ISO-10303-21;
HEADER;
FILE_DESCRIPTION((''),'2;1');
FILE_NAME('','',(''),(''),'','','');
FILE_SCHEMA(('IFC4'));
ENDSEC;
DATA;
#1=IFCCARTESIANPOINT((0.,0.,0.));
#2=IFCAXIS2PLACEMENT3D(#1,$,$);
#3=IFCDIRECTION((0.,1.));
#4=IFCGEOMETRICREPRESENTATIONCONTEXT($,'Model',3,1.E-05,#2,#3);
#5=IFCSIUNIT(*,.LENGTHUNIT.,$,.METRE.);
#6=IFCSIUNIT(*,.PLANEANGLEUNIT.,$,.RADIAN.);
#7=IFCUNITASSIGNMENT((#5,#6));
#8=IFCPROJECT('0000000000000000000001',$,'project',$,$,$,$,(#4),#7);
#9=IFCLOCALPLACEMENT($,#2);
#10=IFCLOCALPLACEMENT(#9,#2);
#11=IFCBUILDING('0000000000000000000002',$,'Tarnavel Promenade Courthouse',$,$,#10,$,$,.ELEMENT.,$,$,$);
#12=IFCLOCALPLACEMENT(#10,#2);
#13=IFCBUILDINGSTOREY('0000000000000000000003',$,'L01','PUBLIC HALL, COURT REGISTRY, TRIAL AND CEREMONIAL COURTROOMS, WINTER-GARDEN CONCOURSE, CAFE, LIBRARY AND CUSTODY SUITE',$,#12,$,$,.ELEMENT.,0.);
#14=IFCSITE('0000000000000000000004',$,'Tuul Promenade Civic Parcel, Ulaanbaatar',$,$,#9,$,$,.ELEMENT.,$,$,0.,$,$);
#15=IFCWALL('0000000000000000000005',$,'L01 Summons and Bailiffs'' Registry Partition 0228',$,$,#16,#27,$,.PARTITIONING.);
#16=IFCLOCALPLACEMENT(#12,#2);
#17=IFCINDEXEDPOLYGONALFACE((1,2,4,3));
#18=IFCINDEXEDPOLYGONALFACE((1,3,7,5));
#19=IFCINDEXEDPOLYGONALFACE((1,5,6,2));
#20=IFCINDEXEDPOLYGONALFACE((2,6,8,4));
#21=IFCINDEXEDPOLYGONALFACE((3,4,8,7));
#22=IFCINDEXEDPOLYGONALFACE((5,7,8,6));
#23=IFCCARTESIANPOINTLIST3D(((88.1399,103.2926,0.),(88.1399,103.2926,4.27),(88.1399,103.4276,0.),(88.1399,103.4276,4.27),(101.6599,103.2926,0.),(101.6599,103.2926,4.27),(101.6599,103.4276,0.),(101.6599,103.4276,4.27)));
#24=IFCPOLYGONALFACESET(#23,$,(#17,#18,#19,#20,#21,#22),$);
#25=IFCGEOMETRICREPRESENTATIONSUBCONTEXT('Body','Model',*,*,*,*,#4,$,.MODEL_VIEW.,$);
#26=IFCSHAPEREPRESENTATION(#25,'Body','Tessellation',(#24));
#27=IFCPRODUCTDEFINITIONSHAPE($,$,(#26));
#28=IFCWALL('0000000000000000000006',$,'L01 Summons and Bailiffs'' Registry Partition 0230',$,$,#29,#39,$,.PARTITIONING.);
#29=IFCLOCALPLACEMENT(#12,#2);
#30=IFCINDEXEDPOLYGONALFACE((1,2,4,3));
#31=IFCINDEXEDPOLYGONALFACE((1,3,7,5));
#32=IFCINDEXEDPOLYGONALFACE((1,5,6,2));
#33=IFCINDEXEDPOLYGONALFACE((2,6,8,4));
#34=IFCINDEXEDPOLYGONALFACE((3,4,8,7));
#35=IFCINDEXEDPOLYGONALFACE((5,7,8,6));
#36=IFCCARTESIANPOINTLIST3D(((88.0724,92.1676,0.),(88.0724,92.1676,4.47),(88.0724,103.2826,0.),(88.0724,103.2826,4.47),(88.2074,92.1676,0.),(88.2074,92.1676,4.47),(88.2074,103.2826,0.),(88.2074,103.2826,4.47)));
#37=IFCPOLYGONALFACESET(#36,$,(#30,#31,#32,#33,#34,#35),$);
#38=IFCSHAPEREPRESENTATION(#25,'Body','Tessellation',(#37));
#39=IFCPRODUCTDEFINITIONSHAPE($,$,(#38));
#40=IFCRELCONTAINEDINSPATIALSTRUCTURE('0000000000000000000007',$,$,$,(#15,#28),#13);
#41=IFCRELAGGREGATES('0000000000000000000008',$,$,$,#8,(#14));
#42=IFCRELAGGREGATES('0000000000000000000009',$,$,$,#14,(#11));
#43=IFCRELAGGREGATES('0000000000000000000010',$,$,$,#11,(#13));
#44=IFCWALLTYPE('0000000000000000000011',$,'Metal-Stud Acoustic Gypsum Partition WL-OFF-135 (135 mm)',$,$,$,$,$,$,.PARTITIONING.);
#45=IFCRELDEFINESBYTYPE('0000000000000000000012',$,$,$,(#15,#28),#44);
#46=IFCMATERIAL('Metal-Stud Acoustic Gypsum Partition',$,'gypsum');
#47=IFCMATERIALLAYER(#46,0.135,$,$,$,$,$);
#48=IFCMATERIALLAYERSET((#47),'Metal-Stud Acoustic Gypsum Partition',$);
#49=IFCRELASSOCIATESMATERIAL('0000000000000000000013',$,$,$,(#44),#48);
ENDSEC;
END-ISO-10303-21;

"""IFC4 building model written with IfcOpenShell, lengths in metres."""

from ifc_helpers import new_model, si_unit, direction, frame, frame_2d, origin, place, context, subcontext, project, spatial, rectangle, extrude, material, layer, layer_set, type_object, element, save


model = new_model("IFC4")

# Units and contexts
model_context = context("Model", 3, precision=1e-05, world=origin(), true_north=direction((0.0, 1.0)))
body_context = subcontext(model_context, "Body", "Model", "MODEL_VIEW")
ifc_project = project(units=[si_unit("LENGTHUNIT", "METRE"), si_unit("PLANEANGLEUNIT", "RADIAN")], contexts=[model_context])

# Site, building, storey
site_placement = place(None, origin())
site = spatial("IfcSite", under=ifc_project, at=site_placement, Name="Tuul Promenade Civic Parcel, Ulaanbaatar", CompositionType="ELEMENT", RefElevation=0.0)
building_placement = place(site_placement, origin())
building = spatial("IfcBuilding", under=site, at=building_placement, Name="Tarnavel Promenade Courthouse", CompositionType="ELEMENT")
storey_placement = place(building_placement, origin())
storey = spatial("IfcBuildingStorey", under=building, at=storey_placement, Name="L01", Description="PUBLIC HALL, COURT REGISTRY, TRIAL AND CEREMONIAL COURTROOMS, WINTER-GARDEN CONCOURSE, CAFE, LIBRARY AND CUSTODY SUITE", CompositionType="ELEMENT", Elevation=0.0)

# Walls
ifc_material_1 = material(Name="Metal-Stud Acoustic Gypsum Partition", Category="gypsum")
ifc_layer_1 = layer(ifc_material_1, 0.135)
ifc_layer_set_1 = layer_set([ifc_layer_1], Name="Metal-Stud Acoustic Gypsum Partition")
wall_type_1 = type_object("IfcWallType", Name="Metal-Stud Acoustic Gypsum Partition WL-OFF-135 (135 mm)", PredefinedType="PARTITIONING", material=ifc_layer_set_1)
wall_1_placement = place(storey_placement, frame((88.1399, 103.3601, 0.0), z_axis=(0.0, 0.0, 1.0), x_axis=(1.0, 0.0, 0.0)))
element("IfcWall", 1, at=wall_1_placement, inside=storey, type_object=wall_type_1, Name="L01 Summons and Bailiffs' Registry Partition 0228", PredefinedType="PARTITIONING", context=body_context, shape_type="SweptSolid", body=[
    extrude(rectangle(XDim=13.52, YDim=0.135, at=frame_2d((6.76, 0.0))), origin(), (0.0, 0.0, 1.0), 4.27),
])
wall_2_placement = place(storey_placement, frame((88.1399, 92.1675, 0.0), z_axis=(0.0, 0.0, 1.0), x_axis=(0.0, 1.0, 0.0)))
element("IfcWall", 2, at=wall_2_placement, inside=storey, type_object=wall_type_1, Name="L01 Summons and Bailiffs' Registry Partition 0230", PredefinedType="PARTITIONING", context=body_context, shape_type="SweptSolid", body=[
    extrude(rectangle(XDim=11.115, YDim=0.135, at=frame_2d((5.5576, 0.0))), origin(), (0.0, 0.0, 1.0), 4.47),
])

save(model, "model.ifc")
